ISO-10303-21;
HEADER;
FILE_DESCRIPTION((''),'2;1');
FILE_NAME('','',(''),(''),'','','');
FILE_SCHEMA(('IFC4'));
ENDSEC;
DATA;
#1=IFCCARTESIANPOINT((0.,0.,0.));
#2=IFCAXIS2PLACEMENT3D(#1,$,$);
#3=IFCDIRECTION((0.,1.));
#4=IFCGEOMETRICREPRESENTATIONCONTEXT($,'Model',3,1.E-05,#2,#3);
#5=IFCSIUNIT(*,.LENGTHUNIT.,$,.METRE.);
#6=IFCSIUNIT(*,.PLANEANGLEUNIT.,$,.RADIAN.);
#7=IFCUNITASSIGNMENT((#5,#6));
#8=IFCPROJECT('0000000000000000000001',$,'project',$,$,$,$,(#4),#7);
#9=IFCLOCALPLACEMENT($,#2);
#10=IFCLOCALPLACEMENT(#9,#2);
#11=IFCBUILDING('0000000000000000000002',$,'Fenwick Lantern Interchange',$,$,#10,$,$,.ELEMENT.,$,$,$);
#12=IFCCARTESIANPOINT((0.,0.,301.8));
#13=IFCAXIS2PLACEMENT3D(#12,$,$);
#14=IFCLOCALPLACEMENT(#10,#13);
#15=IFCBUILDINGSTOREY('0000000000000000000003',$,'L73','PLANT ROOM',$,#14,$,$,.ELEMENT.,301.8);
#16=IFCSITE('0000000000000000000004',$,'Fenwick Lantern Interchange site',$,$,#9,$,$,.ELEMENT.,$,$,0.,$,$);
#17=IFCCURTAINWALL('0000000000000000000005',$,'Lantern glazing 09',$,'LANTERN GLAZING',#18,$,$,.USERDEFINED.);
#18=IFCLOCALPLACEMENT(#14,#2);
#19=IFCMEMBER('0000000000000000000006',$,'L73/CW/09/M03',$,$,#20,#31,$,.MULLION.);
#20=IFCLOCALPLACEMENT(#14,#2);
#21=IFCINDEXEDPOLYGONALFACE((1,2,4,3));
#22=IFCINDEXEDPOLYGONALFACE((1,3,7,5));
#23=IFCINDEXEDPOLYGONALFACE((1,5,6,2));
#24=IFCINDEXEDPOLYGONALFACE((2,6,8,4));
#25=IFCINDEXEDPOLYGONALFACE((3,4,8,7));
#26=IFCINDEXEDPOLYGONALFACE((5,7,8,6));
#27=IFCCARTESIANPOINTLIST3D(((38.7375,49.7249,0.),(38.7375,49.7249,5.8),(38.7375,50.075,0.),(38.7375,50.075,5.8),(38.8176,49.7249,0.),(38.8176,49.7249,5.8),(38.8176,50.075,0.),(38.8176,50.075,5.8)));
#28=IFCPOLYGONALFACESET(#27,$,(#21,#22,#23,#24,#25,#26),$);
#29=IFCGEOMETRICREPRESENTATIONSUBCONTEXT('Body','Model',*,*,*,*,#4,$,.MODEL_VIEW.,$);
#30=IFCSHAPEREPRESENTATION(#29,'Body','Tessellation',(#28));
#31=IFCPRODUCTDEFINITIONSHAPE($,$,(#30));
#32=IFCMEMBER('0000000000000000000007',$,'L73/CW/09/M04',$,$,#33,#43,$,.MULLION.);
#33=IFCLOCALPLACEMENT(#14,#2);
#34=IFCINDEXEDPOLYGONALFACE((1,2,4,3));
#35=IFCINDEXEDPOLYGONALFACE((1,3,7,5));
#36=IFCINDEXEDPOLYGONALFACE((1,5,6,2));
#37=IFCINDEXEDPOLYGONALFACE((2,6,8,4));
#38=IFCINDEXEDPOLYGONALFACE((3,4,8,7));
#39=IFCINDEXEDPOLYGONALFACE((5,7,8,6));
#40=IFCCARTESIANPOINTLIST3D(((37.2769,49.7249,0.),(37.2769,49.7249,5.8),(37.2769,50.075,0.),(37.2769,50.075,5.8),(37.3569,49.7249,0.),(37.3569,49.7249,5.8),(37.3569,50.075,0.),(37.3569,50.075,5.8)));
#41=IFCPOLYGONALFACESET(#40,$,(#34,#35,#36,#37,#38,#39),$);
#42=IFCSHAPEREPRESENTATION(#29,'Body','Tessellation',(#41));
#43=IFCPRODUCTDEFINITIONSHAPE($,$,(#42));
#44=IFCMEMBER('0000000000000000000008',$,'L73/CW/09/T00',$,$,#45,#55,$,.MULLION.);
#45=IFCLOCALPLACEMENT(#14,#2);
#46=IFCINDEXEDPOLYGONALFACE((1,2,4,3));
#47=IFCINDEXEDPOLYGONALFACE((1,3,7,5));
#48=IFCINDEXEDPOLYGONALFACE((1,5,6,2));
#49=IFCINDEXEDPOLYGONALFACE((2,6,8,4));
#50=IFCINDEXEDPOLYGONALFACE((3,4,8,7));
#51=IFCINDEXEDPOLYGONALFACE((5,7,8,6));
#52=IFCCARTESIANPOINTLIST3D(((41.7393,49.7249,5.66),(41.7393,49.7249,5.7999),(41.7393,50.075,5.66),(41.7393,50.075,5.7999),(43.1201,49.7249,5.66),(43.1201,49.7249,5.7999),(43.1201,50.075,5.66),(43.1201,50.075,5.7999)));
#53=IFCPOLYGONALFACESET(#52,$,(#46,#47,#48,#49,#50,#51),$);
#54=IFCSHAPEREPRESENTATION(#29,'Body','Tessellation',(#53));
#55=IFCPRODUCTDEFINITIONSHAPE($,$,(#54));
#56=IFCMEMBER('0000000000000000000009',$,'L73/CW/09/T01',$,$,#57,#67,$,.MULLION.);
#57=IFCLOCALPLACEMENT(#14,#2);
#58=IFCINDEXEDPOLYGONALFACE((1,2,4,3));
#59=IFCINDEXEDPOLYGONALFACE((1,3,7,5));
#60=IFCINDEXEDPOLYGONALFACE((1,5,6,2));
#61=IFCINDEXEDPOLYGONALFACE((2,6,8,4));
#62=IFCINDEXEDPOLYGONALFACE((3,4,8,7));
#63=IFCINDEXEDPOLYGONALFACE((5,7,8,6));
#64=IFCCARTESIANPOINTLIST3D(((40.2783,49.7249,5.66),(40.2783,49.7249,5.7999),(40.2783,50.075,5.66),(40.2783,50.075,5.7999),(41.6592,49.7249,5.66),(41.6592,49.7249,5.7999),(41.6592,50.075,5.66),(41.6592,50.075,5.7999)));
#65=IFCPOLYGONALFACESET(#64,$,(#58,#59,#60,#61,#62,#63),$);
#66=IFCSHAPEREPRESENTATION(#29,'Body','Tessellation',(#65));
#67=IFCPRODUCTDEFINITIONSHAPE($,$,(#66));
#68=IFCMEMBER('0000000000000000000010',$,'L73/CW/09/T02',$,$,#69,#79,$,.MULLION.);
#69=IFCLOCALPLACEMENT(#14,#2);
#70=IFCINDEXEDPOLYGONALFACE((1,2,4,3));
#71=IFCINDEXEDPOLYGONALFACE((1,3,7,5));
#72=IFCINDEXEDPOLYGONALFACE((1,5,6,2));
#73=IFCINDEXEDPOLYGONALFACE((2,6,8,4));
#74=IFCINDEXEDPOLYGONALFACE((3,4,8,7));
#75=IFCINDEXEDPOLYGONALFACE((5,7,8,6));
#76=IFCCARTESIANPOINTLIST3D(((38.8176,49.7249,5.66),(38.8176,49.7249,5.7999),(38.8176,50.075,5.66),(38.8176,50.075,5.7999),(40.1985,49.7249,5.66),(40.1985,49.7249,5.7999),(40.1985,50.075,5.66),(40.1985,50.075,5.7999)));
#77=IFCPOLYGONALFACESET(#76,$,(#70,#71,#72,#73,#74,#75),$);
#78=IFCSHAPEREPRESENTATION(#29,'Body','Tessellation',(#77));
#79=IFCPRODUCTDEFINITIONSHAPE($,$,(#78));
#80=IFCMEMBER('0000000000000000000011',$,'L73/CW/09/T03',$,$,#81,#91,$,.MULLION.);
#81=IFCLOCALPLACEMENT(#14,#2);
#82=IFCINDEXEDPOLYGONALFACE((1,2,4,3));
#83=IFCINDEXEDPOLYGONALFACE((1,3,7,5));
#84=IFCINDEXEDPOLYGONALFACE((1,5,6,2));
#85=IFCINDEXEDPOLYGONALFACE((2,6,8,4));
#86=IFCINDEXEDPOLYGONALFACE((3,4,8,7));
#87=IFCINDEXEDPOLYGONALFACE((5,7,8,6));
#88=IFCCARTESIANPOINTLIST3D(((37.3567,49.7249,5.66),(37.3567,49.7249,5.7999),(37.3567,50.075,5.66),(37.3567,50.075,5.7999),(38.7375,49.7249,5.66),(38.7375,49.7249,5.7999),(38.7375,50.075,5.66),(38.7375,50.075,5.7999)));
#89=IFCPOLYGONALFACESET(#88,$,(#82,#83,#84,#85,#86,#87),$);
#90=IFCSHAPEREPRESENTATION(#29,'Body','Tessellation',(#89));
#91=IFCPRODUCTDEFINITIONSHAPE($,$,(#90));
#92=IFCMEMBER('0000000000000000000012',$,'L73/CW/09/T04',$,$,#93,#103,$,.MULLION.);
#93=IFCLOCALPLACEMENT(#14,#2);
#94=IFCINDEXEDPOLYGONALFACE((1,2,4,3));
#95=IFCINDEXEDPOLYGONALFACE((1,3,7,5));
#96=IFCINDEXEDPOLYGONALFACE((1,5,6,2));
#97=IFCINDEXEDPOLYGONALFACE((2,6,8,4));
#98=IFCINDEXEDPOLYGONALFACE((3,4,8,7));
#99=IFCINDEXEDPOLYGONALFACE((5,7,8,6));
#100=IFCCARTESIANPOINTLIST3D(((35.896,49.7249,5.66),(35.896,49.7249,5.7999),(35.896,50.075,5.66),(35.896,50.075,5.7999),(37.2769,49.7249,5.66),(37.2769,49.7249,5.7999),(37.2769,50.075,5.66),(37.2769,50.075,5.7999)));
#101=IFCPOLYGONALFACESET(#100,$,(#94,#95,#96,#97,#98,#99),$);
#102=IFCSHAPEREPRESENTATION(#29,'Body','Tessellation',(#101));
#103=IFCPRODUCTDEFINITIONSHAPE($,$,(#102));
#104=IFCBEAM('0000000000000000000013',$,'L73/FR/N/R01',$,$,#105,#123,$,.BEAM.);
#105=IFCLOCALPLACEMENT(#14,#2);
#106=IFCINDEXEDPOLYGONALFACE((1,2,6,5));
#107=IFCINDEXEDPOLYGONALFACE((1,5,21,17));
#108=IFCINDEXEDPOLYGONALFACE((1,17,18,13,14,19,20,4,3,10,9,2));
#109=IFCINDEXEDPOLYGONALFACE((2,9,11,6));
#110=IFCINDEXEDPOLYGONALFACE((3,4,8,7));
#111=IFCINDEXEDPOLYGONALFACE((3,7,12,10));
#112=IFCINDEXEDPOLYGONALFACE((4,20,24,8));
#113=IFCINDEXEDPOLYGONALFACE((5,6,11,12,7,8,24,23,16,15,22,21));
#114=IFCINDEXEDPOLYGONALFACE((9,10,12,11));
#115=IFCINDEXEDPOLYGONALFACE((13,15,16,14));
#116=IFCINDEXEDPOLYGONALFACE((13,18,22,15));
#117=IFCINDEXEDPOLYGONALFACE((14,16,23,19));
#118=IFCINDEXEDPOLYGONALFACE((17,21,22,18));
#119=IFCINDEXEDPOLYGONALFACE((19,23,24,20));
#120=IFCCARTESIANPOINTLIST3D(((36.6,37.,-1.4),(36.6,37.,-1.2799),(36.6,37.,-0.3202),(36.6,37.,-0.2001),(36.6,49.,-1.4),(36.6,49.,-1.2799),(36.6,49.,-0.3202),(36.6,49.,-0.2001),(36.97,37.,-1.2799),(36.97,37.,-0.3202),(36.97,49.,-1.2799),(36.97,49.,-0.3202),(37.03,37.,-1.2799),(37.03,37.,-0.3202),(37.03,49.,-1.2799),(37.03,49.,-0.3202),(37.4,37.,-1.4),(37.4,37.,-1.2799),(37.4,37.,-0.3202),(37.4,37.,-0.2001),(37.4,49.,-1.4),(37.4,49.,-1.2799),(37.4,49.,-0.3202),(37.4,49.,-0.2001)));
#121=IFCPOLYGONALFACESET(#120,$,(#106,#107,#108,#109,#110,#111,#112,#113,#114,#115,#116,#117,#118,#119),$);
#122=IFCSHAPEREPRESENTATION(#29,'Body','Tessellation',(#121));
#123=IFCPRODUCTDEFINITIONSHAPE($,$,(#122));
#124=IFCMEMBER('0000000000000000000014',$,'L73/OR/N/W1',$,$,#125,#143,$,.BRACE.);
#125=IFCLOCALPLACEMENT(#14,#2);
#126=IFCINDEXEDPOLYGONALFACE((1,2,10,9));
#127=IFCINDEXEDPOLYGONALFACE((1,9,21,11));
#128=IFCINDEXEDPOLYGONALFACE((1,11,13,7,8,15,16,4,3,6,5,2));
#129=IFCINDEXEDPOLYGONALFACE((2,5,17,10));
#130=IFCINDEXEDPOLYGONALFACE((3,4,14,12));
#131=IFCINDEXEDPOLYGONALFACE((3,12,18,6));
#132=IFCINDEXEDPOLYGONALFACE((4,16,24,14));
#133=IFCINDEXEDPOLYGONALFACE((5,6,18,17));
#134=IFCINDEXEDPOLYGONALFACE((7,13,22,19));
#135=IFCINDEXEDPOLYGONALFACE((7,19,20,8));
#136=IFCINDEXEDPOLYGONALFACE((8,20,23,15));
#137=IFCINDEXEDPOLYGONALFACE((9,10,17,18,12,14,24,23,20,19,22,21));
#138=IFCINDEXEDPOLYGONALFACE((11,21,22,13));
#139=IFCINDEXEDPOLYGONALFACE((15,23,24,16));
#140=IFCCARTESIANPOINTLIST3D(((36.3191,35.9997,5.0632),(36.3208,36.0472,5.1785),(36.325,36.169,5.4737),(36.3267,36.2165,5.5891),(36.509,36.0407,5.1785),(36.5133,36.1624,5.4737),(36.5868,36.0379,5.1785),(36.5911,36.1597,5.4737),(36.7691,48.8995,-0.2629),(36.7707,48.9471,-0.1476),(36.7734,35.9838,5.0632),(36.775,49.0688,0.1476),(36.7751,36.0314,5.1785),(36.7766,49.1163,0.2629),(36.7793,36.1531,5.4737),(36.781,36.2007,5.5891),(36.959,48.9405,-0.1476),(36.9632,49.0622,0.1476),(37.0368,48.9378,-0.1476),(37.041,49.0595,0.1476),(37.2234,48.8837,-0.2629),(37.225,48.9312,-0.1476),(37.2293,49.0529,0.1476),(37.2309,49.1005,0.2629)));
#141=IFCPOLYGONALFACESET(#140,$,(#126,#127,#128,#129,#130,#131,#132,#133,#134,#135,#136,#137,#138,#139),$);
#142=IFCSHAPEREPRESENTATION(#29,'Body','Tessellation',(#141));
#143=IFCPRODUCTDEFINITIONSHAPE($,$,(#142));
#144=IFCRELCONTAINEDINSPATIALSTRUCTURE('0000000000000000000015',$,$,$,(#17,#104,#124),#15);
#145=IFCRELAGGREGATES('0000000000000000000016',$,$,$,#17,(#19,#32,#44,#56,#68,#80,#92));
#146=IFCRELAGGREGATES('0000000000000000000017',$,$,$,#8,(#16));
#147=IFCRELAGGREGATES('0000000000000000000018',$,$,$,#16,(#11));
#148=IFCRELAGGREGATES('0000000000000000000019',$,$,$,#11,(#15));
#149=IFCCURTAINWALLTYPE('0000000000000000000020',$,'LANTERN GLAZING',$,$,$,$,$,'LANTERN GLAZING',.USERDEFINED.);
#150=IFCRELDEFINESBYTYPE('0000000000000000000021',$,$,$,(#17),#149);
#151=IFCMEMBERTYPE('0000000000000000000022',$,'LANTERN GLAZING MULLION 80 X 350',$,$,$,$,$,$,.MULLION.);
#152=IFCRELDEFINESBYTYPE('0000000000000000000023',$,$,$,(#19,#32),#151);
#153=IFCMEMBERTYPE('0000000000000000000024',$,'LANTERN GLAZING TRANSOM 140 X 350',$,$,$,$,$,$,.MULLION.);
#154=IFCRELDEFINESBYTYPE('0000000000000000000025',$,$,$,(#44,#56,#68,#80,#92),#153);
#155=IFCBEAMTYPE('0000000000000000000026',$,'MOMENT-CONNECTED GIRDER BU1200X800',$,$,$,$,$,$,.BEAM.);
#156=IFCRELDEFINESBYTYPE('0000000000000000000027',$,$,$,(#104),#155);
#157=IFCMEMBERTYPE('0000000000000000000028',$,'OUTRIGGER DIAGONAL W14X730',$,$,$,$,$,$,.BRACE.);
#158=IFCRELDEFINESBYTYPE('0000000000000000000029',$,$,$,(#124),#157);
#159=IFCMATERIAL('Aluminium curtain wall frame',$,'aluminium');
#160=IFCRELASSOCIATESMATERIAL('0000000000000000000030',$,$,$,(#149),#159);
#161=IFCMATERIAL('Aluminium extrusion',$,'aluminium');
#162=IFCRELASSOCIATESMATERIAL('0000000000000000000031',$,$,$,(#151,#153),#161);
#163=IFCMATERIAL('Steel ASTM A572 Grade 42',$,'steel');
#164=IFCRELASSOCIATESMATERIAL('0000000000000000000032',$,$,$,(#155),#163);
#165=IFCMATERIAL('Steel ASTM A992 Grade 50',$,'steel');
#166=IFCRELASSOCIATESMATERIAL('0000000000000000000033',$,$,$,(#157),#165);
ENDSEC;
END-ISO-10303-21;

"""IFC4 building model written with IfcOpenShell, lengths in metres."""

from ifc_helpers import new_model, si_unit, direction, frame, origin, origin_2d, place, context, subcontext, project, spatial, rectangle, i_section, extrude, material, material_profile, profile_set, type_object, element, aggregate, save


model = new_model("IFC4")

# Units and contexts
model_context = context("Model", 3, precision=1e-05, world=origin(), true_north=direction((0.0, 1.0)))
body_context = subcontext(model_context, "Body", "Model", "MODEL_VIEW")
ifc_project = project(units=[si_unit("LENGTHUNIT", "METRE"), si_unit("PLANEANGLEUNIT", "RADIAN")], contexts=[model_context])

# Site, building, storey
site_placement = place(None, origin())
site = spatial("IfcSite", under=ifc_project, at=site_placement, Name="Fenwick Lantern Interchange site", CompositionType="ELEMENT", RefElevation=0.0)
building_placement = place(site_placement, origin())
building = spatial("IfcBuilding", under=site, at=building_placement, Name="Fenwick Lantern Interchange", CompositionType="ELEMENT")
storey_placement = place(building_placement, frame((0.0, 0.0, 301.8)))
storey = spatial("IfcBuildingStorey", under=building, at=storey_placement, Name="L73", Description="PLANT ROOM", CompositionType="ELEMENT", Elevation=301.8)

# Shared definitions
ifc_material_1 = material(Name="Steel ASTM A992 Grade 50", Category="steel")

# Shared definitions
ifc_material_2 = material(Name="Aluminium curtain wall frame", Category="aluminium")
curtain_wall_type = type_object("IfcCurtainWallType", Name="LANTERN GLAZING", ElementType="LANTERN GLAZING", PredefinedType="USERDEFINED", material=ifc_material_2)
ifc_material_3 = material(Name="Aluminium extrusion", Category="aluminium")
ifc_material_profile_1 = material_profile(ifc_material_3, rectangle(XDim=0.3501, YDim=0.0801, at=origin_2d()), Name="LANTERN GLAZING MULLION 80 X 350")
ifc_profile_set_1 = profile_set([ifc_material_profile_1], Name="Aluminium extrusion")
member_type_1 = type_object("IfcMemberType", Name="LANTERN GLAZING MULLION 80 X 350", PredefinedType="MULLION", material=ifc_profile_set_1)

# Curtain wall, members
curtain_wall_1_placement = place(storey_placement, origin())
curtain_wall_1 = element("IfcCurtainWall", 1, at=curtain_wall_1_placement, inside=storey, type_object=curtain_wall_type, Name="Lantern glazing 09", ObjectType="LANTERN GLAZING", PredefinedType="USERDEFINED")
member_1_placement = place(storey_placement, frame((38.7776, 49.8999, 0.0), z_axis=(0.0, 0.0, 1.0), x_axis=(0.0, -1.0, 0.0)))
member_1 = element("IfcMember", 2, at=member_1_placement, type_object=member_type_1, Name="L73/CW/09/M03", PredefinedType="MULLION", context=body_context, shape_type="SweptSolid", body=[
    extrude(rectangle(XDim=0.3501, YDim=0.0801, at=origin_2d()), origin(), (0.0, 0.0, 1.0), 5.8),
])
member_2_placement = place(storey_placement, frame((37.3169, 49.8999, 0.0), z_axis=(0.0, 0.0, 1.0), x_axis=(0.0, -1.0, 0.0)))
member_2 = element("IfcMember", 3, at=member_2_placement, type_object=member_type_1, Name="L73/CW/09/M04", PredefinedType="MULLION", context=body_context, shape_type="SweptSolid", body=[
    extrude(rectangle(XDim=0.3501, YDim=0.0801, at=origin_2d()), origin(), (0.0, 0.0, 1.0), 5.8),
])
ifc_material_profile_2 = material_profile(ifc_material_3, rectangle(XDim=0.3501, YDim=0.1399, at=origin_2d()), Name="LANTERN GLAZING TRANSOM 140 X 350")
ifc_profile_set_2 = profile_set([ifc_material_profile_2], Name="Aluminium extrusion")
member_type_2 = type_object("IfcMemberType", Name="LANTERN GLAZING TRANSOM 140 X 350", PredefinedType="MULLION", material=ifc_profile_set_2)
member_3_placement = place(storey_placement, frame((43.1201, 49.8999, 5.73), z_axis=(-1.0, 0.0, 0.0), x_axis=(0.0, -1.0, 0.0)))
member_3 = element("IfcMember", 4, at=member_3_placement, type_object=member_type_2, Name="L73/CW/09/T00", PredefinedType="MULLION", context=body_context, shape_type="SweptSolid", body=[
    extrude(rectangle(XDim=0.3501, YDim=0.1399, at=origin_2d()), origin(), (0.0, 0.0, 1.0), 1.3809),
])
member_4_placement = place(storey_placement, frame((41.6592, 49.8999, 5.73), z_axis=(-1.0, 0.0, 0.0), x_axis=(0.0, -1.0, 0.0)))
member_4 = element("IfcMember", 5, at=member_4_placement, type_object=member_type_2, Name="L73/CW/09/T01", PredefinedType="MULLION", context=body_context, shape_type="SweptSolid", body=[
    extrude(rectangle(XDim=0.3501, YDim=0.1399, at=origin_2d()), origin(), (0.0, 0.0, 1.0), 1.3809),
])
member_5_placement = place(storey_placement, frame((40.1985, 49.8999, 5.73), z_axis=(-1.0, 0.0, 0.0), x_axis=(0.0, -1.0, 0.0)))
member_5 = element("IfcMember", 6, at=member_5_placement, type_object=member_type_2, Name="L73/CW/09/T02", PredefinedType="MULLION", context=body_context, shape_type="SweptSolid", body=[
    extrude(rectangle(XDim=0.3501, YDim=0.1399, at=origin_2d()), origin(), (0.0, 0.0, 1.0), 1.3809),
])
member_6_placement = place(storey_placement, frame((38.7375, 49.8999, 5.73), z_axis=(-1.0, 0.0, 0.0), x_axis=(0.0, -1.0, 0.0)))
member_6 = element("IfcMember", 7, at=member_6_placement, type_object=member_type_2, Name="L73/CW/09/T03", PredefinedType="MULLION", context=body_context, shape_type="SweptSolid", body=[
    extrude(rectangle(XDim=0.3501, YDim=0.1399, at=origin_2d()), origin(), (0.0, 0.0, 1.0), 1.3809),
])
member_7_placement = place(storey_placement, frame((37.2769, 49.8999, 5.73), z_axis=(-1.0, 0.0, 0.0), x_axis=(0.0, -1.0, 0.0)))
member_7 = element("IfcMember", 8, at=member_7_placement, type_object=member_type_2, Name="L73/CW/09/T04", PredefinedType="MULLION", context=body_context, shape_type="SweptSolid", body=[
    extrude(rectangle(XDim=0.3501, YDim=0.1399, at=origin_2d()), origin(), (0.0, 0.0, 1.0), 1.3809),
])

# Beam
ifc_material_4 = material(Name="Steel ASTM A572 Grade 42", Category="steel")
ifc_material_profile_3 = material_profile(ifc_material_4, i_section(OverallWidth=0.8, OverallDepth=1.2, WebThickness=0.0601, FlangeThickness=0.1201, at=origin_2d()), Name="BU1200X800")
ifc_profile_set_3 = profile_set([ifc_material_profile_3], Name="Steel ASTM A572 Grade 42")
beam_type_1 = type_object("IfcBeamType", Name="MOMENT-CONNECTED GIRDER BU1200X800", PredefinedType="BEAM", material=ifc_profile_set_3)
beam_1_placement = place(storey_placement, frame((37.0, 49.0, -0.8), z_axis=(0.0, -1.0, 0.0), x_axis=(1.0, 0.0, 0.0)))
element("IfcBeam", 9, at=beam_1_placement, inside=storey, type_object=beam_type_1, Name="L73/FR/N/R01", PredefinedType="BEAM", context=body_context, shape_type="SweptSolid", body=[
    extrude(i_section(OverallWidth=0.8, OverallDepth=1.2, WebThickness=0.0601, FlangeThickness=0.1201, at=origin_2d()), origin(), (0.0, 0.0, 1.0), 12.0),
])

# Member
ifc_material_profile_4 = material_profile(ifc_material_1, i_section(OverallWidth=0.4546, OverallDepth=0.5688, WebThickness=0.0779, FlangeThickness=0.1248, at=origin_2d()), Name="W14X730")
ifc_profile_set_4 = profile_set([ifc_material_profile_4], Name="Steel ASTM A992 Grade 50")
member_type_3 = type_object("IfcMemberType", Name="OUTRIGGER DIAGONAL W14X730", PredefinedType="BRACE", material=ifc_profile_set_4)
member_8_placement = place(storey_placement, frame((37.0, 49.0, 0.0), z_axis=(-0.032223, -0.923833, 0.381437), x_axis=(0.999392, -0.034859, 0.0)))
element("IfcMember", 10, at=member_8_placement, inside=storey, type_object=member_type_3, Name="L73/OR/N/W1", PredefinedType="BRACE", context=body_context, shape_type="SweptSolid", body=[
    extrude(i_section(OverallWidth=0.4546, OverallDepth=0.5688, WebThickness=0.0779, FlangeThickness=0.1248, at=origin_2d()), origin(), (0.0, 0.0, 1.0), 13.9634),
])

aggregate(curtain_wall_1, [member_1, member_2, member_3, member_4, member_5, member_6, member_7])

save(model, "model.ifc")
